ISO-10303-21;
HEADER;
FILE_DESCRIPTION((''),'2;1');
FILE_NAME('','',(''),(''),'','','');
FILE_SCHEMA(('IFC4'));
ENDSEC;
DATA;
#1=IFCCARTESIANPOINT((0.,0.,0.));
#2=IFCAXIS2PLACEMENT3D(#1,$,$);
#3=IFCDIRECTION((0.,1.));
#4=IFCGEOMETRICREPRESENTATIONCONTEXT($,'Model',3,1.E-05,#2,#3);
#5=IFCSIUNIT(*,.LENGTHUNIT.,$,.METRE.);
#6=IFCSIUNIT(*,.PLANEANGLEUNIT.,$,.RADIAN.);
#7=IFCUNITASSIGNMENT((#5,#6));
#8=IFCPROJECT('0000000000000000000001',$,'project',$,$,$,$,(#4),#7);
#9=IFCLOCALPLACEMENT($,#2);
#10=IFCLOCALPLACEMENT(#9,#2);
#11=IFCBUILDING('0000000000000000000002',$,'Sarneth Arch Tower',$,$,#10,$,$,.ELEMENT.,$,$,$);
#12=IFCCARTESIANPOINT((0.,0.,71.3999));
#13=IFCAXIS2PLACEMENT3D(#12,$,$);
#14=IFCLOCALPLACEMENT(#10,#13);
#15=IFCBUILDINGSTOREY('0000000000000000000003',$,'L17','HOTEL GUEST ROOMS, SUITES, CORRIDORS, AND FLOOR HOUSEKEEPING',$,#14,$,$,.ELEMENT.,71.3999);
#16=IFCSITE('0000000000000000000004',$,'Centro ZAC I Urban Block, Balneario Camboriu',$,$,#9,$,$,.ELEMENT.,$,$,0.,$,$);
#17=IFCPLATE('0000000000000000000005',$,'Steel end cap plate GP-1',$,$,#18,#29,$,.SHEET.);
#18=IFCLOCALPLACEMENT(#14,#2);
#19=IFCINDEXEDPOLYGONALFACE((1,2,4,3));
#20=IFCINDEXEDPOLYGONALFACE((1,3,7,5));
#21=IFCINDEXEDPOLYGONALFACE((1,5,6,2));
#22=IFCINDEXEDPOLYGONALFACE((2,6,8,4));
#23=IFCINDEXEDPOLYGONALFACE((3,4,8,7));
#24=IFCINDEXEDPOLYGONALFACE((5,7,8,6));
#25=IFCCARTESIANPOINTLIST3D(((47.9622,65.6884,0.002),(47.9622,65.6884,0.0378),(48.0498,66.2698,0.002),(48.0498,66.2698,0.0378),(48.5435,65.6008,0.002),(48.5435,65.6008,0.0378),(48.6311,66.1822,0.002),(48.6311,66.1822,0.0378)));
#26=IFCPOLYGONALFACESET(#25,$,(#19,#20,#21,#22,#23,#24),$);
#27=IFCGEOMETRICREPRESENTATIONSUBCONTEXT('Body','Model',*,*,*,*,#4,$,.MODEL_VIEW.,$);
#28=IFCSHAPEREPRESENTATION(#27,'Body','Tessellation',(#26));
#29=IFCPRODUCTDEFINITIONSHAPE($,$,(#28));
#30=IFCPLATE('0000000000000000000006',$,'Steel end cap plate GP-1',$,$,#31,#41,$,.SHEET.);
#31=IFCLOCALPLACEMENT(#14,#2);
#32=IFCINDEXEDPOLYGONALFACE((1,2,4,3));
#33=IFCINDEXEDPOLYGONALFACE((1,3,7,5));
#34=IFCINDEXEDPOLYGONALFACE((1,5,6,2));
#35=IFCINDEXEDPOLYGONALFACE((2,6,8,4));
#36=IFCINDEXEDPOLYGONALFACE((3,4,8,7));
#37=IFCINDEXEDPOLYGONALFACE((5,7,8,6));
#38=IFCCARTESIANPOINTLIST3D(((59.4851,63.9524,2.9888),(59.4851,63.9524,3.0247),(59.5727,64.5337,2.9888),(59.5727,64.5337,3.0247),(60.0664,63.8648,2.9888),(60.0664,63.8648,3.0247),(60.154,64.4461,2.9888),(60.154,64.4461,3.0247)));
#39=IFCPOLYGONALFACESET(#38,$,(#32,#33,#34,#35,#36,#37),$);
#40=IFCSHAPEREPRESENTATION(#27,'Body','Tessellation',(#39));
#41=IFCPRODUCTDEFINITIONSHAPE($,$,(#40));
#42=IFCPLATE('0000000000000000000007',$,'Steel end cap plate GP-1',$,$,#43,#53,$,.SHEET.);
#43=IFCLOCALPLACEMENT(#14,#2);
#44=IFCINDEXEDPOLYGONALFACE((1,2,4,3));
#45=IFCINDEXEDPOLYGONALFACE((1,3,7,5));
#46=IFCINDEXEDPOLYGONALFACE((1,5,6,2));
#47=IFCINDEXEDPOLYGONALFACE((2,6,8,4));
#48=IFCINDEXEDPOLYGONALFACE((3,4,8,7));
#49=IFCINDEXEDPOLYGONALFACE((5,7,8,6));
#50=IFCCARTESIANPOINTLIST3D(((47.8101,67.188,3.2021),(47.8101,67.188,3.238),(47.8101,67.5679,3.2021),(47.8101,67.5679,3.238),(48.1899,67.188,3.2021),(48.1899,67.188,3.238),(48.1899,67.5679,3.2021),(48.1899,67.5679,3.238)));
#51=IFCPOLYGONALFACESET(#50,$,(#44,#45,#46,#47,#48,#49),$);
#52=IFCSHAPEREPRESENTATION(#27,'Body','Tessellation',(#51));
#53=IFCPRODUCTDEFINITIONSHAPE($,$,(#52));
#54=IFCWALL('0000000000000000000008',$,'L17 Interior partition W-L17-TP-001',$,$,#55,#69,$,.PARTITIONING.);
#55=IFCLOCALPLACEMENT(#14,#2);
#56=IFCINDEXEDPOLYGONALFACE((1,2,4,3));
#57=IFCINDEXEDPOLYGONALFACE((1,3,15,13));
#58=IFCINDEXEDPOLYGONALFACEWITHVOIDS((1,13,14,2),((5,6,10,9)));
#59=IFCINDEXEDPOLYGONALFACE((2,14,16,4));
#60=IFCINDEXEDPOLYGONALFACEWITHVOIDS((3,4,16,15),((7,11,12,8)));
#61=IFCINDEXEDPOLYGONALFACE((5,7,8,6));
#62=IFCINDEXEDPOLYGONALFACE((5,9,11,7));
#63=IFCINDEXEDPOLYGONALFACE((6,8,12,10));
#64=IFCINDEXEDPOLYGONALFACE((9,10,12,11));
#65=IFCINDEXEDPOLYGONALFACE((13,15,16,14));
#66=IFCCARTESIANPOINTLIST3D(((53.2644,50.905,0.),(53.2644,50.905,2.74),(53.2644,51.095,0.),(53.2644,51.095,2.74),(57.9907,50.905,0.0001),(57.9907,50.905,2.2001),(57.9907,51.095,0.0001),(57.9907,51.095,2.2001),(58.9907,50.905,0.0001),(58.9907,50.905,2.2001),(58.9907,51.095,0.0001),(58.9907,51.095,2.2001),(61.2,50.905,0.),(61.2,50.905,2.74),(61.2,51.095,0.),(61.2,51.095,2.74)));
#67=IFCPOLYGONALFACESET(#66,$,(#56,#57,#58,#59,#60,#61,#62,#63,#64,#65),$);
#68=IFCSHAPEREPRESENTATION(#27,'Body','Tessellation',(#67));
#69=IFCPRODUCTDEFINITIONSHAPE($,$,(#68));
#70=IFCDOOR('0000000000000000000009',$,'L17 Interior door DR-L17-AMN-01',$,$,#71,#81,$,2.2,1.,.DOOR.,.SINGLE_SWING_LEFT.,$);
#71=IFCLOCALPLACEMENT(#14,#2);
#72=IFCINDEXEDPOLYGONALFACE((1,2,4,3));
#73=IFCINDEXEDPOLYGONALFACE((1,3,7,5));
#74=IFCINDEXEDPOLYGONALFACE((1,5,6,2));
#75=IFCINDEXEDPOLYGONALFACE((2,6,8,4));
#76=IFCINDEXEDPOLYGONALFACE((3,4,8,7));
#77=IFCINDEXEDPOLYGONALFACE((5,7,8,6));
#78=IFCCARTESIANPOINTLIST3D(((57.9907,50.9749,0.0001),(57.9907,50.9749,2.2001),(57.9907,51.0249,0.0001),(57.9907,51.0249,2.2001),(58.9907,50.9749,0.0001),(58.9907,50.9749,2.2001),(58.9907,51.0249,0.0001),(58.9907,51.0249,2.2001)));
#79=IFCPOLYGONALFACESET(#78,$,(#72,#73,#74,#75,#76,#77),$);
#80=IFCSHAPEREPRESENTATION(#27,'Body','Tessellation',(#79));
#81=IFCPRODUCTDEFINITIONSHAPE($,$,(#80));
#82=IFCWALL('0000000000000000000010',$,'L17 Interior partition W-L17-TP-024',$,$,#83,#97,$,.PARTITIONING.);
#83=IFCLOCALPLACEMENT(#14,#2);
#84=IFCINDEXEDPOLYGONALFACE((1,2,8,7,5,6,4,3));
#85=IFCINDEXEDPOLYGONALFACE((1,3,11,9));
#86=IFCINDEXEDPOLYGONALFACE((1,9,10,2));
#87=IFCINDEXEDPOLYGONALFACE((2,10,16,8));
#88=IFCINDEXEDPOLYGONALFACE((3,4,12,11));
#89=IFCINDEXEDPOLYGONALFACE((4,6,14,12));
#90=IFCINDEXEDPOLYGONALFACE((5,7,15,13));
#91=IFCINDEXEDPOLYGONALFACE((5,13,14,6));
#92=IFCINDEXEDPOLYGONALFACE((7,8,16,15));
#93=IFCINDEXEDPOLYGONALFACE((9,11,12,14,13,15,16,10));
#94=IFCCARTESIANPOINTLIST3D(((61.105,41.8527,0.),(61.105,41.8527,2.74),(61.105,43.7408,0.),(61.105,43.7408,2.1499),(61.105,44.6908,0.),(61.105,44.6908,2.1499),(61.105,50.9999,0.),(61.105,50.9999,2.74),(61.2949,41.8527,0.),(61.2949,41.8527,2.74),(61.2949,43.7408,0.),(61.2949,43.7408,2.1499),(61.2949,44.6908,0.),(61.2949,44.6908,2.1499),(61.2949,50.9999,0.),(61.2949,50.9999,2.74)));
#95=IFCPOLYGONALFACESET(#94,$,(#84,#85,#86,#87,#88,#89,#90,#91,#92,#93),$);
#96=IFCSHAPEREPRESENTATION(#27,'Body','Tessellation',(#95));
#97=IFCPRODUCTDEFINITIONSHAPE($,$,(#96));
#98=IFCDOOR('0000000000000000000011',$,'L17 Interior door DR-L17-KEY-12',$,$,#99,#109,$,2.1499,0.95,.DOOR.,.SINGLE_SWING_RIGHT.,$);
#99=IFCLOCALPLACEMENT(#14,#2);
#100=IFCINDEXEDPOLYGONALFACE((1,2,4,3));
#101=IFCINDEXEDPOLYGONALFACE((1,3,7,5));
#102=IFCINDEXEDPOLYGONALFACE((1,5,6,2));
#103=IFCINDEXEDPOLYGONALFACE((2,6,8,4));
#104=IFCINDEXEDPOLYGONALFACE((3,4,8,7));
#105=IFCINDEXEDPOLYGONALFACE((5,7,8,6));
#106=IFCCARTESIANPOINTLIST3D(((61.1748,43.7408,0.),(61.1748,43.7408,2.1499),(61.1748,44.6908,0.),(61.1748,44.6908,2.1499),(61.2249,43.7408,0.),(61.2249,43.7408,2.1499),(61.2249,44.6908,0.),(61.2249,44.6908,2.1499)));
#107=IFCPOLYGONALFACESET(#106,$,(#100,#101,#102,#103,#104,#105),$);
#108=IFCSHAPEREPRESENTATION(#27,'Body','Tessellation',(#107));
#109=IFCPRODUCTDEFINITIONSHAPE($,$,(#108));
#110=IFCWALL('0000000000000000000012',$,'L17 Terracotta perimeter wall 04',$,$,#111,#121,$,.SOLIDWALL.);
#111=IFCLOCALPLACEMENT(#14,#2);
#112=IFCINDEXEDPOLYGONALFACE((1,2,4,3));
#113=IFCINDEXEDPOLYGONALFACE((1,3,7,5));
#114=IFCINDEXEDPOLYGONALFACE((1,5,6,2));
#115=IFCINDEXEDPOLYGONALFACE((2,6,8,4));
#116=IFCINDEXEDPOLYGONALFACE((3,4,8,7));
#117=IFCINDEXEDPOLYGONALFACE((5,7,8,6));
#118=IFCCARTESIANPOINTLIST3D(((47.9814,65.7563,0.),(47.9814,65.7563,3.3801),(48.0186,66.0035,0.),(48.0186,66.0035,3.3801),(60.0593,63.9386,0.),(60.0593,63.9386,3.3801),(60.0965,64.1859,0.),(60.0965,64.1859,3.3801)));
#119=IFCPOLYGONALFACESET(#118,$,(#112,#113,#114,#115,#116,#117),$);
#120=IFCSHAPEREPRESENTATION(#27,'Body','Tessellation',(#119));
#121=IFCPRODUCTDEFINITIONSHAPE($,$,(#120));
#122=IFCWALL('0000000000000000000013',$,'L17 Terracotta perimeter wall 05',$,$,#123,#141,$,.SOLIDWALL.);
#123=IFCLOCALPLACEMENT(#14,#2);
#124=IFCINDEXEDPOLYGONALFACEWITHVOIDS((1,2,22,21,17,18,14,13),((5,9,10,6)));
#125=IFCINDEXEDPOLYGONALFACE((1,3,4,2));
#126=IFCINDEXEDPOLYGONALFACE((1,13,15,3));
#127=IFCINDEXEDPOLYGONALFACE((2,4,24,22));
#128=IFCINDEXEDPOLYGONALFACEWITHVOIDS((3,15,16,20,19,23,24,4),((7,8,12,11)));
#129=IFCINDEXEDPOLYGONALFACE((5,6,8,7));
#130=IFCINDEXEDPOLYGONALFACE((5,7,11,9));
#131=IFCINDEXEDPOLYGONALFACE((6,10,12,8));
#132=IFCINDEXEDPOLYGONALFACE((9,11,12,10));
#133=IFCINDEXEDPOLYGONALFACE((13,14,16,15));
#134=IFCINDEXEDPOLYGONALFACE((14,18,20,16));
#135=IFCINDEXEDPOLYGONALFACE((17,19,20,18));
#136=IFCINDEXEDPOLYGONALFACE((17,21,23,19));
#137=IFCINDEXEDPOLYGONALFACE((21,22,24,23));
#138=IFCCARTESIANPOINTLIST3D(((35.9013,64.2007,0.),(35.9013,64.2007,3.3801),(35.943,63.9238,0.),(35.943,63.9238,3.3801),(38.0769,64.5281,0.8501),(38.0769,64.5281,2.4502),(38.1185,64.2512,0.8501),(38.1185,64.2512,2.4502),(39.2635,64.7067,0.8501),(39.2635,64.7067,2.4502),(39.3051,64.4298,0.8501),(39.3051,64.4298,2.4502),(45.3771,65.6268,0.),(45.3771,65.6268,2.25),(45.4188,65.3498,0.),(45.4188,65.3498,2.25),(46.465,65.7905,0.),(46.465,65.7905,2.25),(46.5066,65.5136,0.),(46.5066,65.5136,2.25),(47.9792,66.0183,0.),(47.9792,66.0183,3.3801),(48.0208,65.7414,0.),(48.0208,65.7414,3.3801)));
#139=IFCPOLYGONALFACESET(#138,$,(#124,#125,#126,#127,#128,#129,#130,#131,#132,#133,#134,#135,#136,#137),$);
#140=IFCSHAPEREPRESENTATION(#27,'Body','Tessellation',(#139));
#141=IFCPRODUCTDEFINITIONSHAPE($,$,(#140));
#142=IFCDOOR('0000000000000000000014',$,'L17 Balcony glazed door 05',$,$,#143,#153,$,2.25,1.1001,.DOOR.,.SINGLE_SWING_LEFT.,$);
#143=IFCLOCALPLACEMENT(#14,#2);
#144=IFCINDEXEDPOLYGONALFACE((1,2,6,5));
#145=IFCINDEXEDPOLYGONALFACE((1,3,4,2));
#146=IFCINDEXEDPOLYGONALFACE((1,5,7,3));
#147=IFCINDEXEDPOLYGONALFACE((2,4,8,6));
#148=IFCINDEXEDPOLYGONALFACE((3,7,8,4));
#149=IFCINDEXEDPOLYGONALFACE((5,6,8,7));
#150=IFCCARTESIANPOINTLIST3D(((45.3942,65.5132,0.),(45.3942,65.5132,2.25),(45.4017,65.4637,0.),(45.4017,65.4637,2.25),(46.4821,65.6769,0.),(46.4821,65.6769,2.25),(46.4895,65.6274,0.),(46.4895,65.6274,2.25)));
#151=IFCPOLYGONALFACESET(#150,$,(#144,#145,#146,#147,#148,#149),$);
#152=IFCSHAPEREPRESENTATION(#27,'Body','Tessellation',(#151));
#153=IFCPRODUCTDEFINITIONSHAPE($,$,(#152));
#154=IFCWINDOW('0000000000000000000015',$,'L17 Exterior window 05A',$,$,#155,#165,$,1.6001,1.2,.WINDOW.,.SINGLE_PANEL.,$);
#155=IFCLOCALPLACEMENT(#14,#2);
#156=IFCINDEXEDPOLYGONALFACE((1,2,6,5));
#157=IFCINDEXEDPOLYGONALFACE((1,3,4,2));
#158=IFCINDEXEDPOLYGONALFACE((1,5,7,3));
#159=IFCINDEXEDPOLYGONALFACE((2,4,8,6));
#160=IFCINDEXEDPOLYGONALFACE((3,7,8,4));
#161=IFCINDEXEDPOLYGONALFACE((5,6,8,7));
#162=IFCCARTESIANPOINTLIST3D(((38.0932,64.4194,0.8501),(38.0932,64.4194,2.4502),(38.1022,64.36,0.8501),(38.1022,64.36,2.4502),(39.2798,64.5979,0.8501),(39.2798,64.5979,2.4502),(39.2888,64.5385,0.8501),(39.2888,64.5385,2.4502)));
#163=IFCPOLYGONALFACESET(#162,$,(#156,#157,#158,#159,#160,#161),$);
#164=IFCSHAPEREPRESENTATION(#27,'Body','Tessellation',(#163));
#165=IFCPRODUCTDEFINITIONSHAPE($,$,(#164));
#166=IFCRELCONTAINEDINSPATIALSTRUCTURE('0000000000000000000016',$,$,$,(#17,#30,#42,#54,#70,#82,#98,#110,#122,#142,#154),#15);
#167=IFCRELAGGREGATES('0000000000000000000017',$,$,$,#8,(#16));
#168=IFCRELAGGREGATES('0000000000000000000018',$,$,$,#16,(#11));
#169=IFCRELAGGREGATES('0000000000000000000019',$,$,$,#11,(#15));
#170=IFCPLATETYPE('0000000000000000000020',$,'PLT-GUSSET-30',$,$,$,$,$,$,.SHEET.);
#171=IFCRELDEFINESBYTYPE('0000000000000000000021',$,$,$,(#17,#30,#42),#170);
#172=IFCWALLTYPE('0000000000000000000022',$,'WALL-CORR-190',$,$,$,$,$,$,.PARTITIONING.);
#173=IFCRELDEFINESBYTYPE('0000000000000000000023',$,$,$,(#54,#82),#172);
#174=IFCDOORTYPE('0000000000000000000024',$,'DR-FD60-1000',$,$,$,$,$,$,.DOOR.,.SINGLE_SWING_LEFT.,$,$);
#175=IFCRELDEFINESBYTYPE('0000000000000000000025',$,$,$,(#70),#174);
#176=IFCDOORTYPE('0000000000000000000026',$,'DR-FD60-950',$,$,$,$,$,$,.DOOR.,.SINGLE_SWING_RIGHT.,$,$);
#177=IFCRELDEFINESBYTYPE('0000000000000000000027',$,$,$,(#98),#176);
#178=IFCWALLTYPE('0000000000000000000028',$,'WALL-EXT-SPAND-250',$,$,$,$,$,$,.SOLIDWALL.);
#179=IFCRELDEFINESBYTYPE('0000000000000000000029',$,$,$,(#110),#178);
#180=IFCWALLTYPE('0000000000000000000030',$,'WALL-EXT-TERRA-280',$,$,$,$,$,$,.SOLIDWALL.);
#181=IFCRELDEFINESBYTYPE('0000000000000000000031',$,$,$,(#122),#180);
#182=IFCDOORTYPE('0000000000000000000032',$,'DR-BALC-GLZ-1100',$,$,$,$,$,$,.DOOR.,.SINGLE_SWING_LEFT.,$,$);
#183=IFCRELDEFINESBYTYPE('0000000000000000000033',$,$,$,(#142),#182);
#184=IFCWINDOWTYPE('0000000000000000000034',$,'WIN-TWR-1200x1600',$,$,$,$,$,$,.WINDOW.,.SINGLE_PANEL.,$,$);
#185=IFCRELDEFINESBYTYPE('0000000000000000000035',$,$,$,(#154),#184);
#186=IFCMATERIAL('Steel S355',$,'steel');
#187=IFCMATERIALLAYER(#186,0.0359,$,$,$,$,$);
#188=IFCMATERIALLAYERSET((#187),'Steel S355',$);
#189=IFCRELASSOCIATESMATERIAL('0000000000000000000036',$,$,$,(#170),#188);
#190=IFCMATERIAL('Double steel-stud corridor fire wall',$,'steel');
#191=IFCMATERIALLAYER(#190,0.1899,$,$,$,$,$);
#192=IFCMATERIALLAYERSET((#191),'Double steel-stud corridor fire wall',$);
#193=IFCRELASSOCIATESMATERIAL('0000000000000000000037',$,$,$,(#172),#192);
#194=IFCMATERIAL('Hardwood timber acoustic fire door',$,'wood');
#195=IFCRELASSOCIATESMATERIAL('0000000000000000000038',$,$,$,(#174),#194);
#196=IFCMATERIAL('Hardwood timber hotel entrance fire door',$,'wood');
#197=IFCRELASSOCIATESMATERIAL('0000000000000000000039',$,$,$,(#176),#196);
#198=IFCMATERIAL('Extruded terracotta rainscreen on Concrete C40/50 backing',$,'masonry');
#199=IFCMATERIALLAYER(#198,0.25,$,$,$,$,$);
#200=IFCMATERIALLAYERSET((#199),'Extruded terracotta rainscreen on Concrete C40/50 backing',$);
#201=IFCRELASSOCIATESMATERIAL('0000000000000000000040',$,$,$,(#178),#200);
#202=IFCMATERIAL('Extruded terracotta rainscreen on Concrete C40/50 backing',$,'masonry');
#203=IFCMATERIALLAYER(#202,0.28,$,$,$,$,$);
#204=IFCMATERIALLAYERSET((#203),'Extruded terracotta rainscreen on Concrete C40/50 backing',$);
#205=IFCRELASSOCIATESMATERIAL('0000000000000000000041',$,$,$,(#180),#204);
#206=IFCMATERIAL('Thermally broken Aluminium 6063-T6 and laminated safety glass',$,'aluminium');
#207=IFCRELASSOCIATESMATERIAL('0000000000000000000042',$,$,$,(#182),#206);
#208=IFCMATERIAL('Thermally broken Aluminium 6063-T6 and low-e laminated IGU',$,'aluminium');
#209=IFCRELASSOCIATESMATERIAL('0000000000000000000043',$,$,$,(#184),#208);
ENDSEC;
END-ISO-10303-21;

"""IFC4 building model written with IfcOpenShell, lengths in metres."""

from ifc_helpers import new_model, si_unit, direction, frame, frame_2d, origin, origin_2d, place, context, subcontext, project, spatial, rectangle, extrude, material, layer, layer_set, type_object, element, fill, save


model = new_model("IFC4")

# Units and contexts
model_context = context("Model", 3, precision=1e-05, world=origin(), true_north=direction((0.0, 1.0)))
body_context = subcontext(model_context, "Body", "Model", "MODEL_VIEW")
ifc_project = project(units=[si_unit("LENGTHUNIT", "METRE"), si_unit("PLANEANGLEUNIT", "RADIAN")], contexts=[model_context])

# Site, building, storey
site_placement = place(None, origin())
site = spatial("IfcSite", under=ifc_project, at=site_placement, Name="Centro ZAC I Urban Block, Balneario Camboriu", CompositionType="ELEMENT", RefElevation=0.0)
building_placement = place(site_placement, origin())
building = spatial("IfcBuilding", under=site, at=building_placement, Name="Sarneth Arch Tower", CompositionType="ELEMENT")
storey_placement = place(building_placement, frame((0.0, 0.0, 71.3999)))
storey = spatial("IfcBuildingStorey", under=building, at=storey_placement, Name="L17", Description="HOTEL GUEST ROOMS, SUITES, CORRIDORS, AND FLOOR HOUSEKEEPING", CompositionType="ELEMENT", Elevation=71.3999)

# Plates
ifc_material_1 = material(Name="Steel S355", Category="steel")
ifc_layer_1 = layer(ifc_material_1, 0.0359)
ifc_layer_set_1 = layer_set([ifc_layer_1], Name="Steel S355")
plate_type = type_object("IfcPlateType", Name="PLT-GUSSET-30", PredefinedType="SHEET", material=ifc_layer_set_1)
for number, where, z_axis, x_axis, name in (
    (1, (48.2966, 65.9353, 0.002), (0.0, 0.0, 1.0), (-0.988835, 0.149018, 0.0), "Steel end cap plate GP-1"),
    (2, (59.8196, 64.1992, 2.9888), (0.0, 0.0, 1.0), (-0.988835, 0.149018, 0.0), "Steel end cap plate GP-1"),
):
    element("IfcPlate", number, at=place(storey_placement, frame(where, z_axis=z_axis, x_axis=x_axis)), inside=storey, type_object=plate_type, Name=name, PredefinedType="SHEET", context=body_context, shape_type="SweptSolid", body=[
        extrude(rectangle(XDim=0.5879, YDim=0.5879, at=origin_2d()), origin(), (0.0, 0.0, 1.0), 0.0359),
    ])
plate_placement = place(storey_placement, frame((48.0, 67.3779, 3.2021), z_axis=(0.0, 0.0, 1.0), x_axis=(0.0, 1.0, 0.0)))
element("IfcPlate", 3, at=plate_placement, inside=storey, type_object=plate_type, Name="Steel end cap plate GP-1", PredefinedType="SHEET", context=body_context, shape_type="SweptSolid", body=[
    extrude(rectangle(XDim=0.3799, YDim=0.3799, at=origin_2d()), origin(), (0.0, 0.0, 1.0), 0.0359),
])

# Walls, openings, doors
ifc_material_2 = material(Name="Double steel-stud corridor fire wall", Category="steel")
ifc_layer_2 = layer(ifc_material_2, 0.1899)
ifc_layer_set_2 = layer_set([ifc_layer_2], Name="Double steel-stud corridor fire wall")
wall_type_1 = type_object("IfcWallType", Name="WALL-CORR-190", PredefinedType="PARTITIONING", material=ifc_layer_set_2)
wall_1_placement = place(storey_placement, frame((53.2644, 51.0, 0.0), z_axis=(0.0, 0.0, 1.0), x_axis=(1.0, 0.0, 0.0)))
wall_1 = element("IfcWall", 4, at=wall_1_placement, inside=storey, type_object=wall_type_1, Name="L17 Interior partition W-L17-TP-001", PredefinedType="PARTITIONING", context=body_context, shape_type="SweptSolid", body=[
    extrude(rectangle(XDim=7.9355, YDim=0.1899, at=frame_2d((3.9678, 0.0))), origin(), (0.0, 0.0, 1.0), 2.74),
])
opening_1_placement = place(wall_1_placement, frame((4.7263, 0.0, 0.0)))
opening_1 = element("IfcOpeningElement", 5, at=opening_1_placement, cuts=wall_1, PredefinedType="OPENING", context=body_context, shape_type="SweptSolid", body=[
    extrude(rectangle(XDim=1.0, YDim=2.2, at=frame_2d((0.5, 1.1001))), frame((0.0, 0.105, 0.0), z_axis=(0.0, -1.0, 0.0), x_axis=(1.0, 0.0, 0.0)), (0.0, 0.0, 1.0), 0.21),
])
ifc_material_3 = material(Name="Hardwood timber acoustic fire door", Category="wood")
door_type_1 = type_object("IfcDoorType", Name="DR-FD60-1000", OperationType="SINGLE_SWING_LEFT", PredefinedType="DOOR", material=ifc_material_3)
door_1_placement = place(opening_1_placement, origin())
door_1 = element("IfcDoor", 6, at=door_1_placement, inside=storey, type_object=door_type_1, Name="L17 Interior door DR-L17-AMN-01", OperationType="SINGLE_SWING_LEFT", OverallHeight=2.2, OverallWidth=1.0, PredefinedType="DOOR", context=body_context, shape_type="SweptSolid", body=[
    extrude(rectangle(XDim=1.0, YDim=2.2, at=frame_2d((0.5, 1.1001))), frame((0.0, 0.0249, 0.0), z_axis=(0.0, -1.0, 0.0), x_axis=(1.0, 0.0, 0.0)), (0.0, 0.0, 1.0), 0.05),
])
fill(opening_1, door_1)
wall_2_placement = place(storey_placement, frame((61.2, 51.0, 0.0), z_axis=(0.0, 0.0, 1.0), x_axis=(0.0, -1.0, 0.0)))
wall_2 = element("IfcWall", 7, at=wall_2_placement, inside=storey, type_object=wall_type_1, Name="L17 Interior partition W-L17-TP-024", PredefinedType="PARTITIONING", context=body_context, shape_type="SweptSolid", body=[
    extrude(rectangle(XDim=9.1472, YDim=0.1899, at=frame_2d((4.5737, 0.0))), origin(), (0.0, 0.0, 1.0), 2.74),
])
opening_2_placement = place(wall_2_placement, frame((6.3091, 0.0, 0.0)))
opening_2 = element("IfcOpeningElement", 8, at=opening_2_placement, cuts=wall_2, PredefinedType="OPENING", context=body_context, shape_type="SweptSolid", body=[
    extrude(rectangle(XDim=0.95, YDim=2.1499, at=frame_2d((0.4751, 1.075))), frame((0.0, 0.105, 0.0), z_axis=(0.0, -1.0, 0.0), x_axis=(1.0, 0.0, 0.0)), (0.0, 0.0, 1.0), 0.21),
])
ifc_material_4 = material(Name="Hardwood timber hotel entrance fire door", Category="wood")
door_type_2 = type_object("IfcDoorType", Name="DR-FD60-950", OperationType="SINGLE_SWING_RIGHT", PredefinedType="DOOR", material=ifc_material_4)
door_2_placement = place(opening_2_placement, origin())
door_2 = element("IfcDoor", 9, at=door_2_placement, inside=storey, type_object=door_type_2, Name="L17 Interior door DR-L17-KEY-12", OperationType="SINGLE_SWING_RIGHT", OverallHeight=2.1499, OverallWidth=0.95, PredefinedType="DOOR", context=body_context, shape_type="SweptSolid", body=[
    extrude(rectangle(XDim=0.95, YDim=2.1499, at=frame_2d((0.4751, 1.075))), frame((0.0, 0.0249, 0.0), z_axis=(0.0, -1.0, 0.0), x_axis=(1.0, 0.0, 0.0)), (0.0, 0.0, 1.0), 0.05),
])
fill(opening_2, door_2)

# Wall
ifc_material_5 = material(Name="Extruded terracotta rainscreen on Concrete C40/50 backing", Category="masonry")
ifc_layer_3 = layer(ifc_material_5, 0.25)
ifc_layer_set_3 = layer_set([ifc_layer_3], Name="Extruded terracotta rainscreen on Concrete C40/50 backing")
wall_type_2 = type_object("IfcWallType", Name="WALL-EXT-SPAND-250", PredefinedType="SOLIDWALL", material=ifc_layer_set_3)
wall_3_placement = place(storey_placement, frame((60.0779, 64.0623, 0.0), z_axis=(0.0, 0.0, 1.0), x_axis=(-0.988865, 0.148816, 0.0)))
element("IfcWall", 10, at=wall_3_placement, inside=storey, type_object=wall_type_2, Name="L17 Terracotta perimeter wall 04", PredefinedType="SOLIDWALL", context=body_context, shape_type="SweptSolid", body=[
    extrude(rectangle(XDim=12.2139, YDim=0.25, at=frame_2d((6.1069, 0.0))), origin(), (0.0, 0.0, 1.0), 3.3801),
])

# Wall, openings, door, window
ifc_material_6 = material(Name="Extruded terracotta rainscreen on Concrete C40/50 backing", Category="masonry")
ifc_layer_4 = layer(ifc_material_6, 0.28)
ifc_layer_set_4 = layer_set([ifc_layer_4], Name="Extruded terracotta rainscreen on Concrete C40/50 backing")
wall_type_3 = type_object("IfcWallType", Name="WALL-EXT-TERRA-280", PredefinedType="SOLIDWALL", material=ifc_layer_set_4)
wall_4_placement = place(storey_placement, frame((48.0, 65.8799, 0.0), z_axis=(0.0, 0.0, 1.0), x_axis=(-0.988865, -0.148816, 0.0)))
wall_4 = element("IfcWall", 11, at=wall_4_placement, inside=storey, type_object=wall_type_3, Name="L17 Terracotta perimeter wall 05", PredefinedType="SOLIDWALL", context=body_context, shape_type="SweptSolid", body=[
    extrude(rectangle(XDim=12.2139, YDim=0.28, at=frame_2d((6.1069, 0.0))), origin(), (0.0, 0.0, 1.0), 3.3801),
])
opening_3_placement = place(wall_4_placement, frame((1.5312, 0.0, 0.0)))
opening_3 = element("IfcOpeningElement", 12, at=opening_3_placement, cuts=wall_4, PredefinedType="OPENING", context=body_context, shape_type="SweptSolid", body=[
    extrude(rectangle(XDim=1.1001, YDim=2.25, at=frame_2d((0.55, 1.125))), frame((0.0, 0.1499, 0.0), z_axis=(0.0, -1.0, 0.0), x_axis=(1.0, 0.0, 0.0)), (0.0, 0.0, 1.0), 0.3),
])
opening_4_placement = place(wall_4_placement, frame((8.8137, 0.0, 0.8501)))
opening_4 = element("IfcOpeningElement", 13, at=opening_4_placement, cuts=wall_4, PredefinedType="OPENING", context=body_context, shape_type="SweptSolid", body=[
    extrude(rectangle(XDim=1.2, YDim=1.6001, at=frame_2d((0.6001, 0.8))), frame((0.0, 0.1499, 0.0), z_axis=(0.0, -1.0, 0.0), x_axis=(1.0, 0.0, 0.0)), (0.0, 0.0, 1.0), 0.3),
])
ifc_material_7 = material(Name="Thermally broken Aluminium 6063-T6 and laminated safety glass", Category="aluminium")
door_type_3 = type_object("IfcDoorType", Name="DR-BALC-GLZ-1100", OperationType="SINGLE_SWING_LEFT", PredefinedType="DOOR", material=ifc_material_7)
door_3_placement = place(opening_3_placement, origin())
door_3 = element("IfcDoor", 14, at=door_3_placement, inside=storey, type_object=door_type_3, Name="L17 Balcony glazed door 05", OperationType="SINGLE_SWING_LEFT", OverallHeight=2.25, OverallWidth=1.1001, PredefinedType="DOOR", context=body_context, shape_type="SweptSolid", body=[
    extrude(rectangle(XDim=1.1001, YDim=2.25, at=frame_2d((0.55, 1.125))), frame((0.0, 0.0249, 0.0), z_axis=(0.0, -1.0, 0.0), x_axis=(1.0, 0.0, 0.0)), (0.0, 0.0, 1.0), 0.05),
])
fill(opening_3, door_3)
ifc_material_8 = material(Name="Thermally broken Aluminium 6063-T6 and low-e laminated IGU", Category="aluminium")
window_type = type_object("IfcWindowType", Name="WIN-TWR-1200x1600", PartitioningType="SINGLE_PANEL", PredefinedType="WINDOW", material=ifc_material_8)
window_placement = place(opening_4_placement, origin())
window = element("IfcWindow", 15, at=window_placement, inside=storey, type_object=window_type, Name="L17 Exterior window 05A", OverallHeight=1.6001, OverallWidth=1.2, PartitioningType="SINGLE_PANEL", PredefinedType="WINDOW", context=body_context, shape_type="SweptSolid", body=[
    extrude(rectangle(XDim=1.2, YDim=1.6001, at=frame_2d((0.6001, 0.8))), frame((0.0, 0.03, 0.0), z_axis=(0.0, -1.0, 0.0), x_axis=(1.0, 0.0, 0.0)), (0.0, 0.0, 1.0), 0.0601),
])
fill(opening_4, window)

save(model, "model.ifc")
